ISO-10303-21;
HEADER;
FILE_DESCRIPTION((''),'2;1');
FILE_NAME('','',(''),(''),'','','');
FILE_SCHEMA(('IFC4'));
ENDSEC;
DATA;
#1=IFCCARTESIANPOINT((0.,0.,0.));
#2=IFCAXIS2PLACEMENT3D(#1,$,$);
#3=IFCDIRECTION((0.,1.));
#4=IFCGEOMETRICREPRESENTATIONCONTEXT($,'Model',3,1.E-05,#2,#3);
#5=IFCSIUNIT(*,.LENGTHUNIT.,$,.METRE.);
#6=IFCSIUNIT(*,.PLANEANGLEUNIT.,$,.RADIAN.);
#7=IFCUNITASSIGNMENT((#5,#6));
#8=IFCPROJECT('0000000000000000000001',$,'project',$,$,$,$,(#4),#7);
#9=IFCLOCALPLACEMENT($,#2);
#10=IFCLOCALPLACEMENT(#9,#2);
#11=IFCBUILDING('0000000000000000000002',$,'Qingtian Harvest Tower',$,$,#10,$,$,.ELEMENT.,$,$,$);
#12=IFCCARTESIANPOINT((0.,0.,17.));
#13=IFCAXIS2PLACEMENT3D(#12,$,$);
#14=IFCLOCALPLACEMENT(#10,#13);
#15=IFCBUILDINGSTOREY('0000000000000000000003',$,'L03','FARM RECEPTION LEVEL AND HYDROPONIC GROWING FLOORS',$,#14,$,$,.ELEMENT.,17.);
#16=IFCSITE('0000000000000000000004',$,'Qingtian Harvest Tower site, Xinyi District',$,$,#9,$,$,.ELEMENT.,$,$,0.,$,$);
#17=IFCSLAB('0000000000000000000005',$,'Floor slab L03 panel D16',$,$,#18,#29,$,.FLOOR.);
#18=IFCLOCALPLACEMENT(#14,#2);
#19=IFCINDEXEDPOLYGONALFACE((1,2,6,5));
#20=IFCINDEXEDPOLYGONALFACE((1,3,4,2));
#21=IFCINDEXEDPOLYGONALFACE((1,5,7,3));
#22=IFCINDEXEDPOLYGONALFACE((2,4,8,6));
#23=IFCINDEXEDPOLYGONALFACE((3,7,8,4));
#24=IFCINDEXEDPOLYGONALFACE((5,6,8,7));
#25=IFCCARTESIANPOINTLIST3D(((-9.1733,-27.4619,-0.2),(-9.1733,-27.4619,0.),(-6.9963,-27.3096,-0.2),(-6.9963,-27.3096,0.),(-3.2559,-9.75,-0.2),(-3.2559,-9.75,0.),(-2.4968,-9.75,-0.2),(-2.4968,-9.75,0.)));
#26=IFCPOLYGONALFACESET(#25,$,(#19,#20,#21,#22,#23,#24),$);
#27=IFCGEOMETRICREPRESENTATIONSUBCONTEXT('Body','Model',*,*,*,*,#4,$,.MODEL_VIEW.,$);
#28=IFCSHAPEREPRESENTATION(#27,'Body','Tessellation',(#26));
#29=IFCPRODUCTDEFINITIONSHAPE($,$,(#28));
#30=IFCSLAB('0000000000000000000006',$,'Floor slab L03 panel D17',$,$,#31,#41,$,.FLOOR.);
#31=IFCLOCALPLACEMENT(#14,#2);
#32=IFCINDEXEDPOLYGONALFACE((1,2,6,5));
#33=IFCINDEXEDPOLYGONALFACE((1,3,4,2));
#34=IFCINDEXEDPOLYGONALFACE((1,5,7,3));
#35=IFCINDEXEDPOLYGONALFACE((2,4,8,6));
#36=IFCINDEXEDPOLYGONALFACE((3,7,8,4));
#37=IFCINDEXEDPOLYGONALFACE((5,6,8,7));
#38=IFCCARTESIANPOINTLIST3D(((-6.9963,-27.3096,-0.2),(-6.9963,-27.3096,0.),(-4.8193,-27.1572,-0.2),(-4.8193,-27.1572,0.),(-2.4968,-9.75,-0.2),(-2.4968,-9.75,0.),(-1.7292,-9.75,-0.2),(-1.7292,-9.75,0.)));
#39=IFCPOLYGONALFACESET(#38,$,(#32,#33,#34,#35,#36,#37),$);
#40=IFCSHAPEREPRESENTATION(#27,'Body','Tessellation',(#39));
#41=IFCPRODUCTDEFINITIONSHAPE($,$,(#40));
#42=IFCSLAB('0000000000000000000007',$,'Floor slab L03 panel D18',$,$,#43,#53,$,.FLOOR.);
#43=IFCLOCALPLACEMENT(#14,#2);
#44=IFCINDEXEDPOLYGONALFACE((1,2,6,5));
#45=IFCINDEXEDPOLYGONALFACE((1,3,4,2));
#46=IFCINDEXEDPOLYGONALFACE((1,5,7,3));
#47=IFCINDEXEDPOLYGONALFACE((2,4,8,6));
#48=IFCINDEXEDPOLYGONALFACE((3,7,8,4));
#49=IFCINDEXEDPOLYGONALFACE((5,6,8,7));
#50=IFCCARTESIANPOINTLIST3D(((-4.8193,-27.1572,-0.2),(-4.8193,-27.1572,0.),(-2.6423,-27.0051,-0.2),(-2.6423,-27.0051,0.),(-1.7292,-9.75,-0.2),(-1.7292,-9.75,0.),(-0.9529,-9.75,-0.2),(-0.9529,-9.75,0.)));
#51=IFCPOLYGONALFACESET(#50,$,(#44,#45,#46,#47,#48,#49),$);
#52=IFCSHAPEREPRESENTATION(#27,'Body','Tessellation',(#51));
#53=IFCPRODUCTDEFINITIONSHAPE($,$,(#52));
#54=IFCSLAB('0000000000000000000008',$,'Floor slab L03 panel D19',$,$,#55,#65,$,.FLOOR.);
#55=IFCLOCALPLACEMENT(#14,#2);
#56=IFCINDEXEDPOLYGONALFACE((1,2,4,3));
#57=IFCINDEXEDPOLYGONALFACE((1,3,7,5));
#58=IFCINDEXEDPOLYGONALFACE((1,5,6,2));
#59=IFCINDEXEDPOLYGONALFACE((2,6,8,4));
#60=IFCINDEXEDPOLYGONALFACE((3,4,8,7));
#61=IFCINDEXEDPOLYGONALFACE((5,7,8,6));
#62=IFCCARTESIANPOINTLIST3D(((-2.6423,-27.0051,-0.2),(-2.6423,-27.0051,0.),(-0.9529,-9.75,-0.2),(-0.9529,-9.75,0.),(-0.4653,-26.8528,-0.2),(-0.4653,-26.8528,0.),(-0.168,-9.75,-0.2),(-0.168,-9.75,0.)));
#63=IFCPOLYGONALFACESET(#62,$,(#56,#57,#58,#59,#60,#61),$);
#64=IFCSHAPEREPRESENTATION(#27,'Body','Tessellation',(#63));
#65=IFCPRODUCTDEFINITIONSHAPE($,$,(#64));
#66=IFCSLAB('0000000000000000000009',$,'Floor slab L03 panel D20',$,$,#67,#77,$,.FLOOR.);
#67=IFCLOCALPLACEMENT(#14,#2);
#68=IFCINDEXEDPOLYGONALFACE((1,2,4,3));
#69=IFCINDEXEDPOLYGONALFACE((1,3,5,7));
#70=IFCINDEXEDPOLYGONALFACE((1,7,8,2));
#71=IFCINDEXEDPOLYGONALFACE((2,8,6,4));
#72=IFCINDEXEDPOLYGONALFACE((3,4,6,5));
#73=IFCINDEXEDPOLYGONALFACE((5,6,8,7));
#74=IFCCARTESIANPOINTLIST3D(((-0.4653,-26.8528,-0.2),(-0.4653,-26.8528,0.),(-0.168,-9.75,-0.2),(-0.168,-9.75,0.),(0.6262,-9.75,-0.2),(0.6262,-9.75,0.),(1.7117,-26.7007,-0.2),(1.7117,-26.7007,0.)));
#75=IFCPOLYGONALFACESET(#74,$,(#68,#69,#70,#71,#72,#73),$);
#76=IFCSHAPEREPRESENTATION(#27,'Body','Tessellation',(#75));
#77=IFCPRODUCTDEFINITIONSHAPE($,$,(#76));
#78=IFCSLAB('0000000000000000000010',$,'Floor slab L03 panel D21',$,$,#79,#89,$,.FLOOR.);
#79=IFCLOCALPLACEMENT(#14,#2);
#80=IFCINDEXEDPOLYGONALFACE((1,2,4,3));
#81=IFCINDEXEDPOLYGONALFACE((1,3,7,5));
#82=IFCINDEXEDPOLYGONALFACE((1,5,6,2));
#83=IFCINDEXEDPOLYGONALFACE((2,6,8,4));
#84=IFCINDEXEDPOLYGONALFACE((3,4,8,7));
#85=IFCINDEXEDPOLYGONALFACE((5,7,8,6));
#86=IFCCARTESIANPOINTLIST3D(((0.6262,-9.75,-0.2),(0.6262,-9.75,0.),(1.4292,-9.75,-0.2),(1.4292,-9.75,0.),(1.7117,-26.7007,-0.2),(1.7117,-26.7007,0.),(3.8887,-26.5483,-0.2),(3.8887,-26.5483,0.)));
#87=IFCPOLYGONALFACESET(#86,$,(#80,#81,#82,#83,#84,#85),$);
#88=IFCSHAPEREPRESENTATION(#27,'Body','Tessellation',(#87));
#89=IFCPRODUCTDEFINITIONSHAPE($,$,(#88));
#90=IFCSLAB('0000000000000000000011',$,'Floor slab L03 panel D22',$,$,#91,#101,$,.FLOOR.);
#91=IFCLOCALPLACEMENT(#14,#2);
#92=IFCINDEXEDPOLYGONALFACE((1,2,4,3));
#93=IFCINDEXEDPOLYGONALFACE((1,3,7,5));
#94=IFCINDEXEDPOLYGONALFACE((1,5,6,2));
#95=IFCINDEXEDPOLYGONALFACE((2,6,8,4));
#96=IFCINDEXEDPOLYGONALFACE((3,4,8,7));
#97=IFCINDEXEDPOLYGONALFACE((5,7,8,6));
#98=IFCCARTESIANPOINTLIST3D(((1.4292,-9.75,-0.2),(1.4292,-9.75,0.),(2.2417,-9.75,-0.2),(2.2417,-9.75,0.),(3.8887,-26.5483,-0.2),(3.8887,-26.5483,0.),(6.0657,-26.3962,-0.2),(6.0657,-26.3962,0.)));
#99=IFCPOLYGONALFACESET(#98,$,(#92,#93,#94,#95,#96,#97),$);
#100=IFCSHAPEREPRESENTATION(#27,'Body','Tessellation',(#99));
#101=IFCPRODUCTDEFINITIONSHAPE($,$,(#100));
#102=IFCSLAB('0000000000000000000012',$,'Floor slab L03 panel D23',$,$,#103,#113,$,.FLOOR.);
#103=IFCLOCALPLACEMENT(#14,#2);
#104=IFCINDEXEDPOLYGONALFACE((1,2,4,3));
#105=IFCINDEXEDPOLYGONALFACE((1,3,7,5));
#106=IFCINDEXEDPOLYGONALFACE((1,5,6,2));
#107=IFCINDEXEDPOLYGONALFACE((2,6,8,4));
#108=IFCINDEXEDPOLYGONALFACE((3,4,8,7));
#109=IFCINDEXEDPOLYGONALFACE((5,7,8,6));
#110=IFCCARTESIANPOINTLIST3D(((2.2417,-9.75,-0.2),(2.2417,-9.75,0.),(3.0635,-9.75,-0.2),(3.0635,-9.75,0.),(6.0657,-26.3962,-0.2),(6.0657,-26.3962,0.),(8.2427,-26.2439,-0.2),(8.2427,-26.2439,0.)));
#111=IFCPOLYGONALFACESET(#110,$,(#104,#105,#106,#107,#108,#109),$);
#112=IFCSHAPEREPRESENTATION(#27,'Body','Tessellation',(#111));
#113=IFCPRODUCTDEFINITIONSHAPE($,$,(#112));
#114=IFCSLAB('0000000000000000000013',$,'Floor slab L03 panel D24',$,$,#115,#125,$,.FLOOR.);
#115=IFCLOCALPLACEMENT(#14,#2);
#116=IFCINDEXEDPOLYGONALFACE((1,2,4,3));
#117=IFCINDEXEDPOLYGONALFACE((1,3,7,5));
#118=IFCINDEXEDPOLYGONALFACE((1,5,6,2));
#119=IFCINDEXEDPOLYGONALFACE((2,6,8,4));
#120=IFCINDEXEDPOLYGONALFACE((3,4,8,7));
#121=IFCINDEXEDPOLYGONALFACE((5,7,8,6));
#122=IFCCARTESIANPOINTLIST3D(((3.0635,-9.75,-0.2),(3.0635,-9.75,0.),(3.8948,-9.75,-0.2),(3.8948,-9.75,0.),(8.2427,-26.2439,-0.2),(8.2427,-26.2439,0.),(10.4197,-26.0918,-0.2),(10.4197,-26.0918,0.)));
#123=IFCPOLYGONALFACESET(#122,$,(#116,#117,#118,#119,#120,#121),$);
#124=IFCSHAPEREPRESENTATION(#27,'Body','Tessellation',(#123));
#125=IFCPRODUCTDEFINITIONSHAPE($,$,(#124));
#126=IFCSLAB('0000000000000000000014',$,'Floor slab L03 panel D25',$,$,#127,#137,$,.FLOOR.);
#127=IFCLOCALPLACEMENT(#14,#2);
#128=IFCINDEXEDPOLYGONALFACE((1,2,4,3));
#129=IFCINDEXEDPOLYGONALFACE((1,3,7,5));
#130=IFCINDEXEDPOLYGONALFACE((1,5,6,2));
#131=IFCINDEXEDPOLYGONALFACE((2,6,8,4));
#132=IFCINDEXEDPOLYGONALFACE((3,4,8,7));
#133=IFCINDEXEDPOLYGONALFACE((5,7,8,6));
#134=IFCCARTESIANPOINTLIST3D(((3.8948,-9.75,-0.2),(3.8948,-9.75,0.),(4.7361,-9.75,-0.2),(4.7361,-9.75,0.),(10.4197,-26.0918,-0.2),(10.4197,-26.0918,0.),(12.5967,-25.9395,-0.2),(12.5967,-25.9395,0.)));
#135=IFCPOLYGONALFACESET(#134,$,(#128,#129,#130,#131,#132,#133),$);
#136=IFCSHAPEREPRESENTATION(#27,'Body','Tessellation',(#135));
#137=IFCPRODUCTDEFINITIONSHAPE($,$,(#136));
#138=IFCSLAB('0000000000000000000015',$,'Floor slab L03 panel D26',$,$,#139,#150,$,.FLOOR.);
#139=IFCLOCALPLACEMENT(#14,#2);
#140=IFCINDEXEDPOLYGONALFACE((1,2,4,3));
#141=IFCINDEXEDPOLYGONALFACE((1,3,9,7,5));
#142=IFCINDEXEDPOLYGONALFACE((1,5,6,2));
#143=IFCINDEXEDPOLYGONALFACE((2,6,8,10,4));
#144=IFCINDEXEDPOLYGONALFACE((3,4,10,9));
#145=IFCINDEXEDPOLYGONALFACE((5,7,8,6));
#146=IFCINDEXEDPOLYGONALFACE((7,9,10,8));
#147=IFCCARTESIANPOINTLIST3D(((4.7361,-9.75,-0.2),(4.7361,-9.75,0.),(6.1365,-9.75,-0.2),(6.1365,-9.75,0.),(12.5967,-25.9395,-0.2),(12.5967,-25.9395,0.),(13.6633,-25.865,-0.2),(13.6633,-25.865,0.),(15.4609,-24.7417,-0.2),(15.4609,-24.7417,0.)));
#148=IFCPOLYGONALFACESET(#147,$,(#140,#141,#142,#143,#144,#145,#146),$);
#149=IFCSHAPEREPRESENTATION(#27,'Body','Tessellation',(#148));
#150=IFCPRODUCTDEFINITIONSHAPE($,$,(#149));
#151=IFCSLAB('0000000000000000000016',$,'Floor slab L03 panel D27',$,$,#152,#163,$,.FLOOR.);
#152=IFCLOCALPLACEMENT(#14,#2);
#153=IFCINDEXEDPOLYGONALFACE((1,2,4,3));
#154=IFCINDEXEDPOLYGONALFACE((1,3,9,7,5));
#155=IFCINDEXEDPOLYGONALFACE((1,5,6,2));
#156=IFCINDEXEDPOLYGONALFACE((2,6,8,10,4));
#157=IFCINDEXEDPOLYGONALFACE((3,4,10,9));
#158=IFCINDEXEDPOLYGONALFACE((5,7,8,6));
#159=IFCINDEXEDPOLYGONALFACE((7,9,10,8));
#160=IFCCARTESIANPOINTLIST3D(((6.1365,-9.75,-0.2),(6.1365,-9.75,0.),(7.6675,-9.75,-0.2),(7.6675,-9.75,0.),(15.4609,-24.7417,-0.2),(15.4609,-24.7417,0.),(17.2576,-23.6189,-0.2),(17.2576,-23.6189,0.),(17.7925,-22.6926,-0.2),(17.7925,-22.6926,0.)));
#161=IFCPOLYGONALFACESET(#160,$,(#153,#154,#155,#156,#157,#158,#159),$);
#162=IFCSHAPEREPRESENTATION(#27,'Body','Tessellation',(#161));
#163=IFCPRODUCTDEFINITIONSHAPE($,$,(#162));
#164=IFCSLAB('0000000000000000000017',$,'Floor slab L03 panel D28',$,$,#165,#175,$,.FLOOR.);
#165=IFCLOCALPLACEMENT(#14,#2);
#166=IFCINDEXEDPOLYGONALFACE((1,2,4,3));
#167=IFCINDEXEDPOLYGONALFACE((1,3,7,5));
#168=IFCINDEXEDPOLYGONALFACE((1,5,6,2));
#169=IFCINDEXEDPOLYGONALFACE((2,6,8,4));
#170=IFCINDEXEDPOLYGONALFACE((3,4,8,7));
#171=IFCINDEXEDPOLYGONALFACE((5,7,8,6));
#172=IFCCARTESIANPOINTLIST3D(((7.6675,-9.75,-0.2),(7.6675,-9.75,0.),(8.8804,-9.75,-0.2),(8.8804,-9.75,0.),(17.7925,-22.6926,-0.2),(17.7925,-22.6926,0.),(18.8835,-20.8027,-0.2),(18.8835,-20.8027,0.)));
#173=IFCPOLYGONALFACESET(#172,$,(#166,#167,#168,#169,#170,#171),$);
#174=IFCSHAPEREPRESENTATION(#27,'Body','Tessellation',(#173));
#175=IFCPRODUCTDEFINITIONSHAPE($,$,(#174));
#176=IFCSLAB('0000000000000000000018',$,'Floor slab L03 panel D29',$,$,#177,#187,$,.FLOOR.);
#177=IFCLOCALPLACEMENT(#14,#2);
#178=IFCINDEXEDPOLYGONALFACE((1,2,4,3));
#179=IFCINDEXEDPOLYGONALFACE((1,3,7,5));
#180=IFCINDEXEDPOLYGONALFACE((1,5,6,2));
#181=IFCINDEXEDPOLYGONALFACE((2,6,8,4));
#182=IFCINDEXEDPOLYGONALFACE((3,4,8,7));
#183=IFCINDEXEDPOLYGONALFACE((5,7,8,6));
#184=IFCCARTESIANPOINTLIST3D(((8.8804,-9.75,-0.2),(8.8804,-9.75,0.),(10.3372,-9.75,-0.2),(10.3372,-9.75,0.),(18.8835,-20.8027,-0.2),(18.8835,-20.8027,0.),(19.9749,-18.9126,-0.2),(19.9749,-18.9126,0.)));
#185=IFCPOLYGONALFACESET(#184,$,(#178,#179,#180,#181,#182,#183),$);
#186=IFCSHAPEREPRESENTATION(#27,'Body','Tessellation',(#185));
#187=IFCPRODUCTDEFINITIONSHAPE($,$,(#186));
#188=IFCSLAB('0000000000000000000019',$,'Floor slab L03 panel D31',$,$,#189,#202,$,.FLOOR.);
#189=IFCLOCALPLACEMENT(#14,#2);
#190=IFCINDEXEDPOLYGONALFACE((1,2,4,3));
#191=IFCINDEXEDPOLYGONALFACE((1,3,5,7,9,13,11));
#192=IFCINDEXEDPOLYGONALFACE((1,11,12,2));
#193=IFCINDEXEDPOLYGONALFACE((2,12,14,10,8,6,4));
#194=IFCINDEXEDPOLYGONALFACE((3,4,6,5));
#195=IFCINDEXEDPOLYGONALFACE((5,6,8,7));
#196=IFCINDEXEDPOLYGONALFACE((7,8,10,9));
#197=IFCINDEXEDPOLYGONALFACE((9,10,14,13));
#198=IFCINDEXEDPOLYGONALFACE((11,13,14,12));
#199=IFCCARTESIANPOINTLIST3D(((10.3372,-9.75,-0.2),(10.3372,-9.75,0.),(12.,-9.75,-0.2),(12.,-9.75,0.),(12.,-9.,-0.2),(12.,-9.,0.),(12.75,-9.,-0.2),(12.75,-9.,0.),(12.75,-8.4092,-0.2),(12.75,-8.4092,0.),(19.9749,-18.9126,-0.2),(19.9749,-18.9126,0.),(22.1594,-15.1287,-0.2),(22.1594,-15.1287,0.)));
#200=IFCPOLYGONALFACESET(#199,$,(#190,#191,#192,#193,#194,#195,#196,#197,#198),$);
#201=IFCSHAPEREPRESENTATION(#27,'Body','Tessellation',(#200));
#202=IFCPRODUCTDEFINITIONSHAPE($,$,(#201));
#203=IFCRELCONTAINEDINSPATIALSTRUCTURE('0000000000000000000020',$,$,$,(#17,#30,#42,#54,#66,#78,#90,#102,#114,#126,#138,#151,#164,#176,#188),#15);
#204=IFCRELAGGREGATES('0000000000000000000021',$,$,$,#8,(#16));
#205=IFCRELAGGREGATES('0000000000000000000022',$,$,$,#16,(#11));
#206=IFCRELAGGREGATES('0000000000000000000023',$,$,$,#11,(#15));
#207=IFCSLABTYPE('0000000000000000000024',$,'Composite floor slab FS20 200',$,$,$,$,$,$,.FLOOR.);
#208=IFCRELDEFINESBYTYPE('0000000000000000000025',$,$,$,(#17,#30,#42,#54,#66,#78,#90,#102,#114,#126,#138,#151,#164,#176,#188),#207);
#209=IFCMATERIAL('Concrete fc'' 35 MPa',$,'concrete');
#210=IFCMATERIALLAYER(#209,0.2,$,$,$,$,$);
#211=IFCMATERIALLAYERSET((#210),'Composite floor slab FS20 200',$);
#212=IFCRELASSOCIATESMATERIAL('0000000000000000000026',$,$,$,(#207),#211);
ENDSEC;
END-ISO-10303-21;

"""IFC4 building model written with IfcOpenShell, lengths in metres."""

from ifc_helpers import new_model, si_unit, direction, frame, origin, place, context, subcontext, project, spatial, polyline, outline, extrude, material, layer, layer_set, type_object, element, save


model = new_model("IFC4")

# Units and contexts
model_context = context("Model", 3, precision=1e-05, world=origin(), true_north=direction((0.0, 1.0)))
body_context = subcontext(model_context, "Body", "Model", "MODEL_VIEW")
ifc_project = project(units=[si_unit("LENGTHUNIT", "METRE"), si_unit("PLANEANGLEUNIT", "RADIAN")], contexts=[model_context])

# Site, building, storey
site_placement = place(None, origin())
site = spatial("IfcSite", under=ifc_project, at=site_placement, Name="Qingtian Harvest Tower site, Xinyi District", CompositionType="ELEMENT", RefElevation=0.0)
building_placement = place(site_placement, origin())
building = spatial("IfcBuilding", under=site, at=building_placement, Name="Qingtian Harvest Tower", CompositionType="ELEMENT")
storey_placement = place(building_placement, frame((0.0, 0.0, 17.0)))
storey = spatial("IfcBuildingStorey", under=building, at=storey_placement, Name="L03", Description="FARM RECEPTION LEVEL AND HYDROPONIC GROWING FLOORS", CompositionType="ELEMENT", Elevation=17.0)

# Slabs
ifc_material_1 = material(Name="Concrete fc' 35 MPa", Category="concrete")
ifc_layer_1 = layer(ifc_material_1, 0.2)
ifc_layer_set_1 = layer_set([ifc_layer_1], Name="Composite floor slab FS20 200")
slab_type = type_object("IfcSlabType", Name="Composite floor slab FS20 200", PredefinedType="FLOOR", material=ifc_layer_set_1)
slab_1_placement = place(storey_placement, frame((0.0, 0.0, -0.2)))
element("IfcSlab", 1, at=slab_1_placement, inside=storey, type_object=slab_type, Name="Floor slab L03 panel D16", PredefinedType="FLOOR", context=body_context, shape_type="SweptSolid", body=[
    extrude(outline(polyline([(-2.4968, -9.75), (-6.9963, -27.3096), (-9.1733, -27.4619), (-3.2559, -9.75), (-2.4968, -9.75)])), origin(), (0.0, 0.0, 1.0), 0.2),
])
slab_2_placement = place(storey_placement, frame((0.0, 0.0, -0.2)))
element("IfcSlab", 2, at=slab_2_placement, inside=storey, type_object=slab_type, Name="Floor slab L03 panel D17", PredefinedType="FLOOR", context=body_context, shape_type="SweptSolid", body=[
    extrude(outline(polyline([(-1.7292, -9.75), (-4.8193, -27.1572), (-6.9963, -27.3096), (-2.4968, -9.75), (-1.7292, -9.75)])), origin(), (0.0, 0.0, 1.0), 0.2),
])
slab_3_placement = place(storey_placement, frame((0.0, 0.0, -0.2)))
element("IfcSlab", 3, at=slab_3_placement, inside=storey, type_object=slab_type, Name="Floor slab L03 panel D18", PredefinedType="FLOOR", context=body_context, shape_type="SweptSolid", body=[
    extrude(outline(polyline([(-0.9529, -9.75), (-2.6423, -27.0051), (-4.8193, -27.1572), (-1.7292, -9.75), (-0.9529, -9.75)])), origin(), (0.0, 0.0, 1.0), 0.2),
])
slab_4_placement = place(storey_placement, frame((0.0, 0.0, -0.2)))
element("IfcSlab", 4, at=slab_4_placement, inside=storey, type_object=slab_type, Name="Floor slab L03 panel D19", PredefinedType="FLOOR", context=body_context, shape_type="SweptSolid", body=[
    extrude(outline(polyline([(-0.168, -9.75), (-0.4653, -26.8528), (-2.6423, -27.0051), (-0.9529, -9.75), (-0.168, -9.75)])), origin(), (0.0, 0.0, 1.0), 0.2),
])
slab_5_placement = place(storey_placement, frame((0.0, 0.0, -0.2)))
element("IfcSlab", 5, at=slab_5_placement, inside=storey, type_object=slab_type, Name="Floor slab L03 panel D20", PredefinedType="FLOOR", context=body_context, shape_type="SweptSolid", body=[
    extrude(outline(polyline([(0.6262, -9.75), (1.7117, -26.7007), (-0.4653, -26.8528), (-0.168, -9.75), (0.6262, -9.75)])), origin(), (0.0, 0.0, 1.0), 0.2),
])
slab_6_placement = place(storey_placement, frame((0.0, 0.0, -0.2)))
element("IfcSlab", 6, at=slab_6_placement, inside=storey, type_object=slab_type, Name="Floor slab L03 panel D21", PredefinedType="FLOOR", context=body_context, shape_type="SweptSolid", body=[
    extrude(outline(polyline([(1.4292, -9.75), (3.8887, -26.5483), (1.7117, -26.7007), (0.6262, -9.75), (1.4292, -9.75)])), origin(), (0.0, 0.0, 1.0), 0.2),
])
slab_7_placement = place(storey_placement, frame((0.0, 0.0, -0.2)))
element("IfcSlab", 7, at=slab_7_placement, inside=storey, type_object=slab_type, Name="Floor slab L03 panel D22", PredefinedType="FLOOR", context=body_context, shape_type="SweptSolid", body=[
    extrude(outline(polyline([(2.2417, -9.75), (6.0657, -26.3962), (3.8887, -26.5483), (1.4292, -9.75), (2.2417, -9.75)])), origin(), (0.0, 0.0, 1.0), 0.2),
])
slab_8_placement = place(storey_placement, frame((0.0, 0.0, -0.2)))
element("IfcSlab", 8, at=slab_8_placement, inside=storey, type_object=slab_type, Name="Floor slab L03 panel D23", PredefinedType="FLOOR", context=body_context, shape_type="SweptSolid", body=[
    extrude(outline(polyline([(3.0635, -9.75), (8.2427, -26.2439), (6.0657, -26.3962), (2.2417, -9.75), (3.0635, -9.75)])), origin(), (0.0, 0.0, 1.0), 0.2),
])
slab_9_placement = place(storey_placement, frame((0.0, 0.0, -0.2)))
element("IfcSlab", 9, at=slab_9_placement, inside=storey, type_object=slab_type, Name="Floor slab L03 panel D24", PredefinedType="FLOOR", context=body_context, shape_type="SweptSolid", body=[
    extrude(outline(polyline([(3.8948, -9.75), (10.4197, -26.0918), (8.2427, -26.2439), (3.0635, -9.75), (3.8948, -9.75)])), origin(), (0.0, 0.0, 1.0), 0.2),
])
slab_10_placement = place(storey_placement, frame((0.0, 0.0, -0.2)))
element("IfcSlab", 10, at=slab_10_placement, inside=storey, type_object=slab_type, Name="Floor slab L03 panel D25", PredefinedType="FLOOR", context=body_context, shape_type="SweptSolid", body=[
    extrude(outline(polyline([(4.7361, -9.75), (12.5967, -25.9395), (10.4197, -26.0918), (3.8948, -9.75), (4.7361, -9.75)])), origin(), (0.0, 0.0, 1.0), 0.2),
])
slab_11_placement = place(storey_placement, frame((0.0, 0.0, -0.2)))
element("IfcSlab", 11, at=slab_11_placement, inside=storey, type_object=slab_type, Name="Floor slab L03 panel D26", PredefinedType="FLOOR", context=body_context, shape_type="SweptSolid", body=[
    extrude(outline(polyline([(4.7361, -9.75), (6.1365, -9.75), (15.4609, -24.7417), (13.6633, -25.865), (12.5967, -25.9395), (4.7361, -9.75)])), origin(), (0.0, 0.0, 1.0), 0.2),
])
slab_12_placement = place(storey_placement, frame((0.0, 0.0, -0.2)))
element("IfcSlab", 12, at=slab_12_placement, inside=storey, type_object=slab_type, Name="Floor slab L03 panel D27", PredefinedType="FLOOR", context=body_context, shape_type="SweptSolid", body=[
    extrude(outline(polyline([(6.1365, -9.75), (7.6675, -9.75), (17.7925, -22.6926), (17.2576, -23.6189), (15.4609, -24.7417), (6.1365, -9.75)])), origin(), (0.0, 0.0, 1.0), 0.2),
])
slab_13_placement = place(storey_placement, frame((0.0, 0.0, -0.2)))
element("IfcSlab", 13, at=slab_13_placement, inside=storey, type_object=slab_type, Name="Floor slab L03 panel D28", PredefinedType="FLOOR", context=body_context, shape_type="SweptSolid", body=[
    extrude(outline(polyline([(8.8804, -9.75), (18.8835, -20.8027), (17.7925, -22.6926), (7.6675, -9.75), (8.8804, -9.75)])), origin(), (0.0, 0.0, 1.0), 0.2),
])
slab_14_placement = place(storey_placement, frame((0.0, 0.0, -0.2)))
element("IfcSlab", 14, at=slab_14_placement, inside=storey, type_object=slab_type, Name="Floor slab L03 panel D29", PredefinedType="FLOOR", context=body_context, shape_type="SweptSolid", body=[
    extrude(outline(polyline([(10.3372, -9.75), (19.9749, -18.9126), (18.8835, -20.8027), (8.8804, -9.75), (10.3372, -9.75)])), origin(), (0.0, 0.0, 1.0), 0.2),
])
slab_15_placement = place(storey_placement, frame((0.0, 0.0, -0.2)))
element("IfcSlab", 15, at=slab_15_placement, inside=storey, type_object=slab_type, Name="Floor slab L03 panel D31", PredefinedType="FLOOR", context=body_context, shape_type="SweptSolid", body=[
    extrude(outline(polyline([(12.75, -8.4092), (22.1594, -15.1287), (19.9749, -18.9126), (10.3372, -9.75), (12.0, -9.75), (12.0, -9.0), (12.75, -9.0), (12.75, -8.4092)])), origin(), (0.0, 0.0, 1.0), 0.2),
])

save(model, "model.ifc")
